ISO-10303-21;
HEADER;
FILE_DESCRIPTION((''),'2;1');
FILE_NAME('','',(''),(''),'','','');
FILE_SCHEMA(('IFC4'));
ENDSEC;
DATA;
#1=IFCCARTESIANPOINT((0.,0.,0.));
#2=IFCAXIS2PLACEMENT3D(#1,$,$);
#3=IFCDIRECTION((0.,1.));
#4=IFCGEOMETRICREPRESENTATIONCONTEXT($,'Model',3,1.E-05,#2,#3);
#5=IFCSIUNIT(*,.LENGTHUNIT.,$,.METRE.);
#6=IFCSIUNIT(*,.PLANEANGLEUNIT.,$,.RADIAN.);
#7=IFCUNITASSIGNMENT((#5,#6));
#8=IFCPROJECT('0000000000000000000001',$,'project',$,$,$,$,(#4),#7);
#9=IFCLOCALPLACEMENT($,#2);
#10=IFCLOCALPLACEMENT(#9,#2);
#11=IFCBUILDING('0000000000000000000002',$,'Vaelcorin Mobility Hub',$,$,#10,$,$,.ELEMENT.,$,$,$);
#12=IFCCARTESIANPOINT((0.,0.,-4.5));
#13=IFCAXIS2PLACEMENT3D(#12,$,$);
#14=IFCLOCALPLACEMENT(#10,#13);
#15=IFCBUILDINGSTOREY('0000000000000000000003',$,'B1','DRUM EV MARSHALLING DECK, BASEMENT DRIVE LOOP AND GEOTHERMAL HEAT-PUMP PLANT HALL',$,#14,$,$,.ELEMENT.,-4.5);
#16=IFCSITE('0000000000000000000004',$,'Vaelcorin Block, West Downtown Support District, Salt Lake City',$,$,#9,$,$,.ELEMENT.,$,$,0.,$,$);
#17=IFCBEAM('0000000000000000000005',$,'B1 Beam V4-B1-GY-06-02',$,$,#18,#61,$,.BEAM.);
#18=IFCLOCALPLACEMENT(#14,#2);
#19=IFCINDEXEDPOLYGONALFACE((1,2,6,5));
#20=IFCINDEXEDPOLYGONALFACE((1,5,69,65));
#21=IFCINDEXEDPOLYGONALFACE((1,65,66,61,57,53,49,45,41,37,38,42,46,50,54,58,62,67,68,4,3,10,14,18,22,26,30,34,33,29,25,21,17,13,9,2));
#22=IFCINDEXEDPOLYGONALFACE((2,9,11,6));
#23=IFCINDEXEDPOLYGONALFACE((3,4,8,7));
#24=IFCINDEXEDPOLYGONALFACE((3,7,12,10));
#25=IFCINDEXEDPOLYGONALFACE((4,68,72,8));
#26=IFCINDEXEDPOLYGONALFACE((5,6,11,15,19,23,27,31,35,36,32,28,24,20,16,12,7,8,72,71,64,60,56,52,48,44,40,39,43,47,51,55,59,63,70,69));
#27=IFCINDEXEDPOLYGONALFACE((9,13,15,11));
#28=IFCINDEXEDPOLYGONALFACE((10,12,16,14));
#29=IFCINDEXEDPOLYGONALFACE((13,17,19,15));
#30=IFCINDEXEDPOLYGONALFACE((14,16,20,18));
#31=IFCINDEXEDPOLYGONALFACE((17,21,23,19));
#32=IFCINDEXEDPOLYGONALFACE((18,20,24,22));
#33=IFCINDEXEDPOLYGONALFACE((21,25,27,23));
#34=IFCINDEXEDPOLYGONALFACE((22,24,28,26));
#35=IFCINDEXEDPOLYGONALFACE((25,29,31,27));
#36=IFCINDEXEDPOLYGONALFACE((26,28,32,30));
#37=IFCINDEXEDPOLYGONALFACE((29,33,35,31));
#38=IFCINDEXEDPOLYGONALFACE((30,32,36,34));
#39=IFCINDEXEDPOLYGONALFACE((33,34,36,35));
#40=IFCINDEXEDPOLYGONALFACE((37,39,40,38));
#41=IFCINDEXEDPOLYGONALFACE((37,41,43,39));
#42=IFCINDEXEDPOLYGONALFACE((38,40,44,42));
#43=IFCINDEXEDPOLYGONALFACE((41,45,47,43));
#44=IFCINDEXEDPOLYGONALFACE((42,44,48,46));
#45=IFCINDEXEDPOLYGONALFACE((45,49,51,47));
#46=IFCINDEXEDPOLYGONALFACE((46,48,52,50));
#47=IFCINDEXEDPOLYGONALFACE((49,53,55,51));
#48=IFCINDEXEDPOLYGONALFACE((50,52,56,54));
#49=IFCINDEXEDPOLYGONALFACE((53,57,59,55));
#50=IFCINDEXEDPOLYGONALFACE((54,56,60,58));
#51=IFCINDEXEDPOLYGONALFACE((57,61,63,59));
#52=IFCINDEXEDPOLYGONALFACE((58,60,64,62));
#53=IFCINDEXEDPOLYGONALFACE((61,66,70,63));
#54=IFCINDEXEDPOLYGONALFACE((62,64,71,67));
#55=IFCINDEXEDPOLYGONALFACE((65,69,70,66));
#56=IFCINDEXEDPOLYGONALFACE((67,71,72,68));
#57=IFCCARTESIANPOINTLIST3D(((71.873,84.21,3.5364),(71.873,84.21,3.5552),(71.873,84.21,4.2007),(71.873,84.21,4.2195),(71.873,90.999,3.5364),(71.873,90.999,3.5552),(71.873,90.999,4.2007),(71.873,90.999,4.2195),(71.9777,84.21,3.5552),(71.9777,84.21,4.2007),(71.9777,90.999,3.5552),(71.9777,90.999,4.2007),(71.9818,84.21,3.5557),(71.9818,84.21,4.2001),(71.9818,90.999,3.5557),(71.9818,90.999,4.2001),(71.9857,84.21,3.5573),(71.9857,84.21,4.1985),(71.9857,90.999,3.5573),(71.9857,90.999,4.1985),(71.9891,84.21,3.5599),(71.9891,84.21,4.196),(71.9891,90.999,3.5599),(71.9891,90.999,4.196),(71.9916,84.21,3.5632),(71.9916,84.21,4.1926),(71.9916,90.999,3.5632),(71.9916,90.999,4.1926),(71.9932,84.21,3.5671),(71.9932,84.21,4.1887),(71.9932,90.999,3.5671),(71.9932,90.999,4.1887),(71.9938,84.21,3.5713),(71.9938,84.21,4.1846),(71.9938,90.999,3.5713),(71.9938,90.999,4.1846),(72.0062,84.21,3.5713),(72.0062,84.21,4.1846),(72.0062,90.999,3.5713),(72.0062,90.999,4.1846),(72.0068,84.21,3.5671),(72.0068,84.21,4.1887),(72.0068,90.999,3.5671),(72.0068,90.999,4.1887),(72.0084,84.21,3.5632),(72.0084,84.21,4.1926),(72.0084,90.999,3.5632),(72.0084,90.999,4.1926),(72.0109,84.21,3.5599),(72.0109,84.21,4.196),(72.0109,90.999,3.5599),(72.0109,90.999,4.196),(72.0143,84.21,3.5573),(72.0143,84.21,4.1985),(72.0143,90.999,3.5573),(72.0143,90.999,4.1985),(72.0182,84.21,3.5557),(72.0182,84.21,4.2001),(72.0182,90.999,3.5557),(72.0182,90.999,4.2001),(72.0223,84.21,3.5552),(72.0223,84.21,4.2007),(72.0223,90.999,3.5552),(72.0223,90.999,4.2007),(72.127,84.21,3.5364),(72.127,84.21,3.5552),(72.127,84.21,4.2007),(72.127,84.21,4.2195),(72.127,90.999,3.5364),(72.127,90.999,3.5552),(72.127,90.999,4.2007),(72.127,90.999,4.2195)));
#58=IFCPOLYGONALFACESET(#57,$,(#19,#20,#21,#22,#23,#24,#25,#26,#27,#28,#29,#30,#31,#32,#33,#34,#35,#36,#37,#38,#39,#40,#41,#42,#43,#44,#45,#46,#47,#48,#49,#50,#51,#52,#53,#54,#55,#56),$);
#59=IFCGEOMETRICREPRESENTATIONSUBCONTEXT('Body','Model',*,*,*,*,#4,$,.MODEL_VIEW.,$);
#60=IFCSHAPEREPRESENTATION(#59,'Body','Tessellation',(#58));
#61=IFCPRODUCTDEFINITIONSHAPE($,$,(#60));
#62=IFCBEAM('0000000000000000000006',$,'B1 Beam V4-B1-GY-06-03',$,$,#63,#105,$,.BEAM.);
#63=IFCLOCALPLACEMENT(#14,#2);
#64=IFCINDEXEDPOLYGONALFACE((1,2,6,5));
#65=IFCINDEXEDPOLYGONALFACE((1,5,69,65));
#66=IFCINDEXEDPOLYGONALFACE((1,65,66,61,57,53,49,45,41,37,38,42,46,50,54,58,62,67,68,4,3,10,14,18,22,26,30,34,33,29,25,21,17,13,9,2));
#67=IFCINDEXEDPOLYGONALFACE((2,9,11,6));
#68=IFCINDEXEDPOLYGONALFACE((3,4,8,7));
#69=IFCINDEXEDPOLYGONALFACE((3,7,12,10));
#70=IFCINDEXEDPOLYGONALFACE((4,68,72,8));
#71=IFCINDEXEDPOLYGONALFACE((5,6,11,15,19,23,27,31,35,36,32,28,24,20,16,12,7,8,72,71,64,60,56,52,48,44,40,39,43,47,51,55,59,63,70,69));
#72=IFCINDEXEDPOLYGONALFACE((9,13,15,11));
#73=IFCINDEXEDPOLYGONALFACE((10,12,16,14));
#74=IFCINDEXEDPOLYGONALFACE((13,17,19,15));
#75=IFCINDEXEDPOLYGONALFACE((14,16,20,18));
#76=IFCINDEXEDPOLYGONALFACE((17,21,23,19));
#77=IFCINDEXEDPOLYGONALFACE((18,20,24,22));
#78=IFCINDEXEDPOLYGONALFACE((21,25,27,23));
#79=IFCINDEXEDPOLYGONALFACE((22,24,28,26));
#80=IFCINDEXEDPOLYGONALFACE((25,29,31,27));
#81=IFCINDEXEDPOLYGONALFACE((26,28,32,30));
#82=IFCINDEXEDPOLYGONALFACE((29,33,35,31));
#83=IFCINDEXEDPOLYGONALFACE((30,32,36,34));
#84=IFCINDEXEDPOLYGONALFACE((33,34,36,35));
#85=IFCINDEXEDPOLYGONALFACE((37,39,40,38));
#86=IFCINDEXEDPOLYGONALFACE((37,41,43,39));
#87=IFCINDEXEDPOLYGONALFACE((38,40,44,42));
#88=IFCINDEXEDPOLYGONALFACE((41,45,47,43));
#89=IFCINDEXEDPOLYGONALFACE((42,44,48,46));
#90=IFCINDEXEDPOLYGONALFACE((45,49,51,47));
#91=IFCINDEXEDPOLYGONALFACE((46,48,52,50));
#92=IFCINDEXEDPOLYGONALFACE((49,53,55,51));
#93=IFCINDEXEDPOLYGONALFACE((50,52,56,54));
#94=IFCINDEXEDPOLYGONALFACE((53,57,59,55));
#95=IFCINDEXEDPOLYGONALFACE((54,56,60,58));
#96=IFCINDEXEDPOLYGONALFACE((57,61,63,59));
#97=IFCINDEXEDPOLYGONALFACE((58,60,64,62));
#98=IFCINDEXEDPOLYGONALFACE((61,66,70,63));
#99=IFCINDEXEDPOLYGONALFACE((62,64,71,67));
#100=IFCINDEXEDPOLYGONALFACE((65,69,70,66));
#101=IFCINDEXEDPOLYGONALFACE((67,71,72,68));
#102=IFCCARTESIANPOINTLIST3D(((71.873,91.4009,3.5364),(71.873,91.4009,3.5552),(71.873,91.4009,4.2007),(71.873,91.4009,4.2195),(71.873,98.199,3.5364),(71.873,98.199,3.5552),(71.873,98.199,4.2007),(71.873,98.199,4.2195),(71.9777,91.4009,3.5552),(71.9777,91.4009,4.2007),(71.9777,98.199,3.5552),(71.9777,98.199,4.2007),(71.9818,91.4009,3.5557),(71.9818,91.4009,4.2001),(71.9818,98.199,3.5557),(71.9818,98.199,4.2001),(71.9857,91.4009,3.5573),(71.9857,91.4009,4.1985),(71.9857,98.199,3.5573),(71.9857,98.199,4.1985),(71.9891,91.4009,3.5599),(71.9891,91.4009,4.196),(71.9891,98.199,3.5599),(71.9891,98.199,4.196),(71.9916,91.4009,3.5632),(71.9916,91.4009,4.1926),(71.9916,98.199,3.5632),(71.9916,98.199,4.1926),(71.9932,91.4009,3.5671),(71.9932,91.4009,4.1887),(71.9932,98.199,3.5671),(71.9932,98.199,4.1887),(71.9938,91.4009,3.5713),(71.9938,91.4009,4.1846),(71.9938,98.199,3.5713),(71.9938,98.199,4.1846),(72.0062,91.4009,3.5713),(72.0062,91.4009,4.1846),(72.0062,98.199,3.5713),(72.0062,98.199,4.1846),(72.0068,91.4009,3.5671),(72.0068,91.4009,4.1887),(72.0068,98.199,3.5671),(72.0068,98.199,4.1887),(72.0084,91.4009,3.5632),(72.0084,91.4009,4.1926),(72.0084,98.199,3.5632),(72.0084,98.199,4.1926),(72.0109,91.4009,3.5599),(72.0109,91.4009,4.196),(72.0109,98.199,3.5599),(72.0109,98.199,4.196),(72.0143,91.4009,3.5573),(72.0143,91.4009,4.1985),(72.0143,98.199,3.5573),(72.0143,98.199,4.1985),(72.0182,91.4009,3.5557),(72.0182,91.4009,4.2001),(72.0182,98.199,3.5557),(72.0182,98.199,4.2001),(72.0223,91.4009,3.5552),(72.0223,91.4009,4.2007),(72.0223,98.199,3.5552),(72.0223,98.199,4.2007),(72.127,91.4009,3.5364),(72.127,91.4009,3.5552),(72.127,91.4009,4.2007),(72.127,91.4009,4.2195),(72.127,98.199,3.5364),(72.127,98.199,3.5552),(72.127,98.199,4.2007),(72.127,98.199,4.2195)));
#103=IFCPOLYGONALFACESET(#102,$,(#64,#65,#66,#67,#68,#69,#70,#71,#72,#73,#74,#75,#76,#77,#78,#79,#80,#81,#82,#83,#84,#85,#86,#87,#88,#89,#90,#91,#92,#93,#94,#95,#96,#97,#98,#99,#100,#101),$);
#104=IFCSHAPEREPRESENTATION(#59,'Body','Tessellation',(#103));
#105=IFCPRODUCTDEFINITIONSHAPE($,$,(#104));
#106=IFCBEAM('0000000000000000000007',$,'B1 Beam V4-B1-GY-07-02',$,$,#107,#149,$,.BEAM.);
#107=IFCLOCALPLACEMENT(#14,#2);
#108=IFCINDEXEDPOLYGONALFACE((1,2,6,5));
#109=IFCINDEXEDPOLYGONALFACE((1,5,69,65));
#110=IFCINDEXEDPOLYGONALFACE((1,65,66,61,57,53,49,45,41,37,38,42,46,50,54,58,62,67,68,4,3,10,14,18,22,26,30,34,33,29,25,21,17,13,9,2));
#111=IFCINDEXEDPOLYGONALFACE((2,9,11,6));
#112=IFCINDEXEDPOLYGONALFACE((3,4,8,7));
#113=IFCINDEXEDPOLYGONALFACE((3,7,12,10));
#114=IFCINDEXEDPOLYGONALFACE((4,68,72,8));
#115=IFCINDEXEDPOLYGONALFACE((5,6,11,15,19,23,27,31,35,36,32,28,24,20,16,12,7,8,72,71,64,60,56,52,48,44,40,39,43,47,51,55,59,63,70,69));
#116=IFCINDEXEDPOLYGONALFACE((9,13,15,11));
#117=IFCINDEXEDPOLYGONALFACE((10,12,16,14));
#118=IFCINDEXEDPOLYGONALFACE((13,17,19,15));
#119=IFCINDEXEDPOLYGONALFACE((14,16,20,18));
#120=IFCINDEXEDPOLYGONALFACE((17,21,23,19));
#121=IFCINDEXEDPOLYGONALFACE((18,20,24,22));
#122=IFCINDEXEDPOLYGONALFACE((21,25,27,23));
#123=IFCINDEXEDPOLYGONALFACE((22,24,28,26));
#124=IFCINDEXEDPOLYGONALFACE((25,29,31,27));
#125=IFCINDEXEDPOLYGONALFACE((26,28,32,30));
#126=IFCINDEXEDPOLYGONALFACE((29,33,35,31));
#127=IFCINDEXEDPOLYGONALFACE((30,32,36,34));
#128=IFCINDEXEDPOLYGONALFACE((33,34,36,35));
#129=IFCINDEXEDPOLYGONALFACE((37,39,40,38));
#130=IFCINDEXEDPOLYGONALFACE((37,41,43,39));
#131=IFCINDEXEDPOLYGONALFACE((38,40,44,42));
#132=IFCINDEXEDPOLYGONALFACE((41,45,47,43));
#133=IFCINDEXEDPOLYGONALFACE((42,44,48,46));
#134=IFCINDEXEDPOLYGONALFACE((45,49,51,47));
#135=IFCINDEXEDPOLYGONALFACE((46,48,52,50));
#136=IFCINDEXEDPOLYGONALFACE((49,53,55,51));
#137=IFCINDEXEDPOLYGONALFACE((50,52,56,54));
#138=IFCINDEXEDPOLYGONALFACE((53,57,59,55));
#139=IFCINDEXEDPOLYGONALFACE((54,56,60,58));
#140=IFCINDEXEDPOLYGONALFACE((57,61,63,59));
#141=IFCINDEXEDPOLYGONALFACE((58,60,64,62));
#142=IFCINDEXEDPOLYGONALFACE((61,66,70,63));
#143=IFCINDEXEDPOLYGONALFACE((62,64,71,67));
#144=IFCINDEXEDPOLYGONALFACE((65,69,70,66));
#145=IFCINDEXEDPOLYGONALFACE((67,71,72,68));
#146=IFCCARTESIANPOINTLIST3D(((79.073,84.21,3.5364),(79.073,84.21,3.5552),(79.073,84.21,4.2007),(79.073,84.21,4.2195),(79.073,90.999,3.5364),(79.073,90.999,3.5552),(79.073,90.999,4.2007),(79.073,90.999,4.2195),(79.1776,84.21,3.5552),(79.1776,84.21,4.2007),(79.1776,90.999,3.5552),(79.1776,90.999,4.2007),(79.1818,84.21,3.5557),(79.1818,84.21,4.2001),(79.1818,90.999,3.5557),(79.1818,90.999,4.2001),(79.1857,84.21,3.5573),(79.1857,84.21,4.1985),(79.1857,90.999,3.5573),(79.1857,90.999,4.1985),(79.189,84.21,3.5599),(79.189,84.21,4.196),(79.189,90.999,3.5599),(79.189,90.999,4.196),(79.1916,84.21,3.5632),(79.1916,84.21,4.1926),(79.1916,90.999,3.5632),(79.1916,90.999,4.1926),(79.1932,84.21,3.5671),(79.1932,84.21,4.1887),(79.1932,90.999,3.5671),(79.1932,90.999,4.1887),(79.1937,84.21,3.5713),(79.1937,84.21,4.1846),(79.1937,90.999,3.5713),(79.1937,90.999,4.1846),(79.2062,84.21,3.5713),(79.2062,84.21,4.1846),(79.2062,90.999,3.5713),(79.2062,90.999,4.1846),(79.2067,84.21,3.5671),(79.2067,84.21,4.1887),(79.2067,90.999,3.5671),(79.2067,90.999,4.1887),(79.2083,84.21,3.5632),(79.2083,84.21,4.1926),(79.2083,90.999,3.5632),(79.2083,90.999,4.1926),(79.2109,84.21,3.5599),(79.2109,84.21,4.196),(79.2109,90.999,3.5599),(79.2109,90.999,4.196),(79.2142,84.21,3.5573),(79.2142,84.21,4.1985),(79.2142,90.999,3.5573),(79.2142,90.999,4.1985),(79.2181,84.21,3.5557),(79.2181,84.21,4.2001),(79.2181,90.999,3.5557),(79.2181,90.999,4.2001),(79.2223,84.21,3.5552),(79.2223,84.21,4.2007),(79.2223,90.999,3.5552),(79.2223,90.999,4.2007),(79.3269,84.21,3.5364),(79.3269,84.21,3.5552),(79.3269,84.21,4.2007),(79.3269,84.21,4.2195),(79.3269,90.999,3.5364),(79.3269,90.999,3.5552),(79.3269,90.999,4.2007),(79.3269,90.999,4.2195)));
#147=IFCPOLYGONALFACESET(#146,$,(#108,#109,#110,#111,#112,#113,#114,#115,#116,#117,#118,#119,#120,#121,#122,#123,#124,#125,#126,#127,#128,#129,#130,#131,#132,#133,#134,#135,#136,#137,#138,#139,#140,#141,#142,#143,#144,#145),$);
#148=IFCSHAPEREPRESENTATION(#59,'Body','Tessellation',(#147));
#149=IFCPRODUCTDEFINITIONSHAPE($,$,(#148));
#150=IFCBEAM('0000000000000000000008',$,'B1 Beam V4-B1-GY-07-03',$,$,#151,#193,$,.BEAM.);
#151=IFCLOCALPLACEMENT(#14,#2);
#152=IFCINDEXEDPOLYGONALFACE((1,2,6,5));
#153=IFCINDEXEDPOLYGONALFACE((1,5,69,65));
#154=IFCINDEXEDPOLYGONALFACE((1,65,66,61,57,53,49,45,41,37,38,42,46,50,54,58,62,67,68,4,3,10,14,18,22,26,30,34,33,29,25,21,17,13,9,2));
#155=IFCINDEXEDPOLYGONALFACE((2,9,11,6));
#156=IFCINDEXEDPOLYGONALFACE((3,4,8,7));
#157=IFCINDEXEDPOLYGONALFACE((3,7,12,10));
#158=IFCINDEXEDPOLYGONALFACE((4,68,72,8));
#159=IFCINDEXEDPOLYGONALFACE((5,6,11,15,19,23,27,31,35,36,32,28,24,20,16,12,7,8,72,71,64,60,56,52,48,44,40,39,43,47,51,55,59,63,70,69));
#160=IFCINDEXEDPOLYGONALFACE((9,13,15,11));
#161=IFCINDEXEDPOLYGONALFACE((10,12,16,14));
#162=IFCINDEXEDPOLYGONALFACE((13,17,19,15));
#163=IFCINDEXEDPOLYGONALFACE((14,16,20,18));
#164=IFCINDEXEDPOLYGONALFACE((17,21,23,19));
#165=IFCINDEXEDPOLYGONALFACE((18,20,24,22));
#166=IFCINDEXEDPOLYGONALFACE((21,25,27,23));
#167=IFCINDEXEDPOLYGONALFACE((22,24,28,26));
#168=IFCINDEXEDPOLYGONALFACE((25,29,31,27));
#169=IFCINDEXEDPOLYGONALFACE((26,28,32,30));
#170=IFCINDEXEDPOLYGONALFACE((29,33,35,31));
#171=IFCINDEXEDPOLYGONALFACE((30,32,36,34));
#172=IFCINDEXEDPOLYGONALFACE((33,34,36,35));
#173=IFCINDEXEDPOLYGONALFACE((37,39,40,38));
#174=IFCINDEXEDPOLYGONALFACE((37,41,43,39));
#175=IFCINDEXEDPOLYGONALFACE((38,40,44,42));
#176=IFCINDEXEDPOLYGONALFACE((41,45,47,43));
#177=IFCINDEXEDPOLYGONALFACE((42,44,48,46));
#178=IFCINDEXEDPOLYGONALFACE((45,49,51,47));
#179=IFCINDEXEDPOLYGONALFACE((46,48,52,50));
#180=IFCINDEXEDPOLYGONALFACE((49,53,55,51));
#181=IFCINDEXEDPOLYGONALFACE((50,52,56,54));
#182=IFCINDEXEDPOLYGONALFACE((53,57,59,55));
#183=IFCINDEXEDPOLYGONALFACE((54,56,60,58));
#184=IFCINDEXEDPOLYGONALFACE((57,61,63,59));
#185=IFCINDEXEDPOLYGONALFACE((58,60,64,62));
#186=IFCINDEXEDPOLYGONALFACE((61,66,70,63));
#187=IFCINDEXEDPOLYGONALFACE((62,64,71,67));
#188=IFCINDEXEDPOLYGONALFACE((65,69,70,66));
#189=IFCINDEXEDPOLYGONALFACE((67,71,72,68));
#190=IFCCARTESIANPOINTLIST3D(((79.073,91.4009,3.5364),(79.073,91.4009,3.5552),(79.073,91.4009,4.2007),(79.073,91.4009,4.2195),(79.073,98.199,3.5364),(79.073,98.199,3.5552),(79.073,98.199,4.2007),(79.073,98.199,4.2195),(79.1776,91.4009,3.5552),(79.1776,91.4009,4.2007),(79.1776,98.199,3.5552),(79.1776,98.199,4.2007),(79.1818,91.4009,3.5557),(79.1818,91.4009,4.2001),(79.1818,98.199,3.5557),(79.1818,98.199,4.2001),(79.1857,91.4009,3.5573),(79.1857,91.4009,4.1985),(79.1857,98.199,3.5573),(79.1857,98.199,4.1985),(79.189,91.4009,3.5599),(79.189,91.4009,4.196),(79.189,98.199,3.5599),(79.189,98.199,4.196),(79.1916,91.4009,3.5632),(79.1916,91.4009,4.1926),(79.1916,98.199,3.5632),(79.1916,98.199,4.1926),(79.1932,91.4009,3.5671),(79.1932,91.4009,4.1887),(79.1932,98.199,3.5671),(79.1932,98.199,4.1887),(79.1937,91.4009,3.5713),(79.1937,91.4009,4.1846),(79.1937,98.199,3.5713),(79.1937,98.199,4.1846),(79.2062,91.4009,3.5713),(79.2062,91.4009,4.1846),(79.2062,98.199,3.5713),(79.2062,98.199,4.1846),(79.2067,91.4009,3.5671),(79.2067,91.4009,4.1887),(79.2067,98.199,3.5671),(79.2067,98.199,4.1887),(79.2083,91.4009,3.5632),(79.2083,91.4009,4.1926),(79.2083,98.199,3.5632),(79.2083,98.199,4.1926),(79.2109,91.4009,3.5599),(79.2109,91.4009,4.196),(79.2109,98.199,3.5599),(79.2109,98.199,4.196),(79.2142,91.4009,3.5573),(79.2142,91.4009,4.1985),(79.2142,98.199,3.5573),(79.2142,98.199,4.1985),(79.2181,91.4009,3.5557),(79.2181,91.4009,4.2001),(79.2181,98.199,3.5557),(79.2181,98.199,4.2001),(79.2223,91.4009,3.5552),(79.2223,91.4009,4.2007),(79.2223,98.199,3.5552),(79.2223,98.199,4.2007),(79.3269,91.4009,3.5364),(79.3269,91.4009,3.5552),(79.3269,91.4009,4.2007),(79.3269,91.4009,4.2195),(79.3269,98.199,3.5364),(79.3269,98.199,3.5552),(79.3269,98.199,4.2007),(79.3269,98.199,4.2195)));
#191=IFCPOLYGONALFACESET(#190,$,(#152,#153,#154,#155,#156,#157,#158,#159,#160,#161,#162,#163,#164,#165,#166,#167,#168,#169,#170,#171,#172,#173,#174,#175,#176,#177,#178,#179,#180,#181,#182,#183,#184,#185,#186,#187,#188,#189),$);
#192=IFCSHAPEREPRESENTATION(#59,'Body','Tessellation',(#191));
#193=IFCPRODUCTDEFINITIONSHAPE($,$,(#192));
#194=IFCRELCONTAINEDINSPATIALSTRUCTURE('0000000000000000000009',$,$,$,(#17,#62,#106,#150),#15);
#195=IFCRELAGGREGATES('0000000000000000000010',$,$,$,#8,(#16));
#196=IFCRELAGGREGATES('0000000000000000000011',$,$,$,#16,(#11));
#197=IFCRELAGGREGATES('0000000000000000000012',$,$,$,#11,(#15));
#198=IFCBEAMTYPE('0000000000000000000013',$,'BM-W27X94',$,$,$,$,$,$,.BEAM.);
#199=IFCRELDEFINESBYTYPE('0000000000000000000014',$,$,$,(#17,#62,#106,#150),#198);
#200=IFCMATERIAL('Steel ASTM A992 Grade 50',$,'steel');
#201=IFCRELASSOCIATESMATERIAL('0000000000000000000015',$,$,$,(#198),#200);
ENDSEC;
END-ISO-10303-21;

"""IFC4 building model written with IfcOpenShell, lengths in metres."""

from ifc_helpers import new_model, si_unit, direction, frame, origin, origin_2d, place, context, subcontext, project, spatial, i_section, extrude, material, material_profile, profile_set, type_object, element, save


model = new_model("IFC4")

# Units and contexts
model_context = context("Model", 3, precision=1e-05, world=origin(), true_north=direction((0.0, 1.0)))
body_context = subcontext(model_context, "Body", "Model", "MODEL_VIEW")
ifc_project = project(units=[si_unit("LENGTHUNIT", "METRE"), si_unit("PLANEANGLEUNIT", "RADIAN")], contexts=[model_context])

# Site, building, storey
site_placement = place(None, origin())
site = spatial("IfcSite", under=ifc_project, at=site_placement, Name="Vaelcorin Block, West Downtown Support District, Salt Lake City", CompositionType="ELEMENT", RefElevation=0.0)
building_placement = place(site_placement, origin())
building = spatial("IfcBuilding", under=site, at=building_placement, Name="Vaelcorin Mobility Hub", CompositionType="ELEMENT")
storey_placement = place(building_placement, frame((0.0, 0.0, -4.5)))
storey = spatial("IfcBuildingStorey", under=building, at=storey_placement, Name="B1", Description="DRUM EV MARSHALLING DECK, BASEMENT DRIVE LOOP AND GEOTHERMAL HEAT-PUMP PLANT HALL", CompositionType="ELEMENT", Elevation=-4.5)

# Shared definitions
ifc_material_1 = material(Name="Steel ASTM A992 Grade 50", Category="steel")

# Beams
ifc_material_profile_1 = material_profile(ifc_material_1, i_section(OverallWidth=0.2539, OverallDepth=0.6831, WebThickness=0.0125, FlangeThickness=0.0188, FilletRadius=0.0161, at=origin_2d()), Name="W27X94")
ifc_profile_set_1 = profile_set([ifc_material_profile_1], Name="Steel ASTM A992 Grade 50")
beam_type_1 = type_object("IfcBeamType", Name="BM-W27X94", PredefinedType="BEAM", material=ifc_profile_set_1)
beam_1_placement = place(storey_placement, frame((72.0, 84.21, 3.8779), z_axis=(0.0, 1.0, 0.0), x_axis=(-1.0, 0.0, 0.0)))
element("IfcBeam", 1, at=beam_1_placement, inside=storey, type_object=beam_type_1, Name="B1 Beam V4-B1-GY-06-02", PredefinedType="BEAM", context=body_context, shape_type="SweptSolid", body=[
    extrude(i_section(OverallWidth=0.2539, OverallDepth=0.6831, WebThickness=0.0125, FlangeThickness=0.0188, FilletRadius=0.0161, at=origin_2d()), origin(), (0.0, 0.0, 1.0), 6.7891),
])
beam_2_placement = place(storey_placement, frame((72.0, 91.4009, 3.8779), z_axis=(0.0, 1.0, 0.0), x_axis=(-1.0, 0.0, 0.0)))
element("IfcBeam", 2, at=beam_2_placement, inside=storey, type_object=beam_type_1, Name="B1 Beam V4-B1-GY-06-03", PredefinedType="BEAM", context=body_context, shape_type="SweptSolid", body=[
    extrude(i_section(OverallWidth=0.2539, OverallDepth=0.6831, WebThickness=0.0125, FlangeThickness=0.0188, FilletRadius=0.0161, at=origin_2d()), origin(), (0.0, 0.0, 1.0), 6.7981),
])
beam_3_placement = place(storey_placement, frame((79.2, 84.21, 3.8779), z_axis=(0.0, 1.0, 0.0), x_axis=(-1.0, 0.0, 0.0)))
element("IfcBeam", 3, at=beam_3_placement, inside=storey, type_object=beam_type_1, Name="B1 Beam V4-B1-GY-07-02", PredefinedType="BEAM", context=body_context, shape_type="SweptSolid", body=[
    extrude(i_section(OverallWidth=0.2539, OverallDepth=0.6831, WebThickness=0.0125, FlangeThickness=0.0188, FilletRadius=0.0161, at=origin_2d()), origin(), (0.0, 0.0, 1.0), 6.7891),
])
beam_4_placement = place(storey_placement, frame((79.2, 91.4009, 3.8779), z_axis=(0.0, 1.0, 0.0), x_axis=(-1.0, 0.0, 0.0)))
element("IfcBeam", 4, at=beam_4_placement, inside=storey, type_object=beam_type_1, Name="B1 Beam V4-B1-GY-07-03", PredefinedType="BEAM", context=body_context, shape_type="SweptSolid", body=[
    extrude(i_section(OverallWidth=0.2539, OverallDepth=0.6831, WebThickness=0.0125, FlangeThickness=0.0188, FilletRadius=0.0161, at=origin_2d()), origin(), (0.0, 0.0, 1.0), 6.7981),
])

save(model, "model.ifc")
